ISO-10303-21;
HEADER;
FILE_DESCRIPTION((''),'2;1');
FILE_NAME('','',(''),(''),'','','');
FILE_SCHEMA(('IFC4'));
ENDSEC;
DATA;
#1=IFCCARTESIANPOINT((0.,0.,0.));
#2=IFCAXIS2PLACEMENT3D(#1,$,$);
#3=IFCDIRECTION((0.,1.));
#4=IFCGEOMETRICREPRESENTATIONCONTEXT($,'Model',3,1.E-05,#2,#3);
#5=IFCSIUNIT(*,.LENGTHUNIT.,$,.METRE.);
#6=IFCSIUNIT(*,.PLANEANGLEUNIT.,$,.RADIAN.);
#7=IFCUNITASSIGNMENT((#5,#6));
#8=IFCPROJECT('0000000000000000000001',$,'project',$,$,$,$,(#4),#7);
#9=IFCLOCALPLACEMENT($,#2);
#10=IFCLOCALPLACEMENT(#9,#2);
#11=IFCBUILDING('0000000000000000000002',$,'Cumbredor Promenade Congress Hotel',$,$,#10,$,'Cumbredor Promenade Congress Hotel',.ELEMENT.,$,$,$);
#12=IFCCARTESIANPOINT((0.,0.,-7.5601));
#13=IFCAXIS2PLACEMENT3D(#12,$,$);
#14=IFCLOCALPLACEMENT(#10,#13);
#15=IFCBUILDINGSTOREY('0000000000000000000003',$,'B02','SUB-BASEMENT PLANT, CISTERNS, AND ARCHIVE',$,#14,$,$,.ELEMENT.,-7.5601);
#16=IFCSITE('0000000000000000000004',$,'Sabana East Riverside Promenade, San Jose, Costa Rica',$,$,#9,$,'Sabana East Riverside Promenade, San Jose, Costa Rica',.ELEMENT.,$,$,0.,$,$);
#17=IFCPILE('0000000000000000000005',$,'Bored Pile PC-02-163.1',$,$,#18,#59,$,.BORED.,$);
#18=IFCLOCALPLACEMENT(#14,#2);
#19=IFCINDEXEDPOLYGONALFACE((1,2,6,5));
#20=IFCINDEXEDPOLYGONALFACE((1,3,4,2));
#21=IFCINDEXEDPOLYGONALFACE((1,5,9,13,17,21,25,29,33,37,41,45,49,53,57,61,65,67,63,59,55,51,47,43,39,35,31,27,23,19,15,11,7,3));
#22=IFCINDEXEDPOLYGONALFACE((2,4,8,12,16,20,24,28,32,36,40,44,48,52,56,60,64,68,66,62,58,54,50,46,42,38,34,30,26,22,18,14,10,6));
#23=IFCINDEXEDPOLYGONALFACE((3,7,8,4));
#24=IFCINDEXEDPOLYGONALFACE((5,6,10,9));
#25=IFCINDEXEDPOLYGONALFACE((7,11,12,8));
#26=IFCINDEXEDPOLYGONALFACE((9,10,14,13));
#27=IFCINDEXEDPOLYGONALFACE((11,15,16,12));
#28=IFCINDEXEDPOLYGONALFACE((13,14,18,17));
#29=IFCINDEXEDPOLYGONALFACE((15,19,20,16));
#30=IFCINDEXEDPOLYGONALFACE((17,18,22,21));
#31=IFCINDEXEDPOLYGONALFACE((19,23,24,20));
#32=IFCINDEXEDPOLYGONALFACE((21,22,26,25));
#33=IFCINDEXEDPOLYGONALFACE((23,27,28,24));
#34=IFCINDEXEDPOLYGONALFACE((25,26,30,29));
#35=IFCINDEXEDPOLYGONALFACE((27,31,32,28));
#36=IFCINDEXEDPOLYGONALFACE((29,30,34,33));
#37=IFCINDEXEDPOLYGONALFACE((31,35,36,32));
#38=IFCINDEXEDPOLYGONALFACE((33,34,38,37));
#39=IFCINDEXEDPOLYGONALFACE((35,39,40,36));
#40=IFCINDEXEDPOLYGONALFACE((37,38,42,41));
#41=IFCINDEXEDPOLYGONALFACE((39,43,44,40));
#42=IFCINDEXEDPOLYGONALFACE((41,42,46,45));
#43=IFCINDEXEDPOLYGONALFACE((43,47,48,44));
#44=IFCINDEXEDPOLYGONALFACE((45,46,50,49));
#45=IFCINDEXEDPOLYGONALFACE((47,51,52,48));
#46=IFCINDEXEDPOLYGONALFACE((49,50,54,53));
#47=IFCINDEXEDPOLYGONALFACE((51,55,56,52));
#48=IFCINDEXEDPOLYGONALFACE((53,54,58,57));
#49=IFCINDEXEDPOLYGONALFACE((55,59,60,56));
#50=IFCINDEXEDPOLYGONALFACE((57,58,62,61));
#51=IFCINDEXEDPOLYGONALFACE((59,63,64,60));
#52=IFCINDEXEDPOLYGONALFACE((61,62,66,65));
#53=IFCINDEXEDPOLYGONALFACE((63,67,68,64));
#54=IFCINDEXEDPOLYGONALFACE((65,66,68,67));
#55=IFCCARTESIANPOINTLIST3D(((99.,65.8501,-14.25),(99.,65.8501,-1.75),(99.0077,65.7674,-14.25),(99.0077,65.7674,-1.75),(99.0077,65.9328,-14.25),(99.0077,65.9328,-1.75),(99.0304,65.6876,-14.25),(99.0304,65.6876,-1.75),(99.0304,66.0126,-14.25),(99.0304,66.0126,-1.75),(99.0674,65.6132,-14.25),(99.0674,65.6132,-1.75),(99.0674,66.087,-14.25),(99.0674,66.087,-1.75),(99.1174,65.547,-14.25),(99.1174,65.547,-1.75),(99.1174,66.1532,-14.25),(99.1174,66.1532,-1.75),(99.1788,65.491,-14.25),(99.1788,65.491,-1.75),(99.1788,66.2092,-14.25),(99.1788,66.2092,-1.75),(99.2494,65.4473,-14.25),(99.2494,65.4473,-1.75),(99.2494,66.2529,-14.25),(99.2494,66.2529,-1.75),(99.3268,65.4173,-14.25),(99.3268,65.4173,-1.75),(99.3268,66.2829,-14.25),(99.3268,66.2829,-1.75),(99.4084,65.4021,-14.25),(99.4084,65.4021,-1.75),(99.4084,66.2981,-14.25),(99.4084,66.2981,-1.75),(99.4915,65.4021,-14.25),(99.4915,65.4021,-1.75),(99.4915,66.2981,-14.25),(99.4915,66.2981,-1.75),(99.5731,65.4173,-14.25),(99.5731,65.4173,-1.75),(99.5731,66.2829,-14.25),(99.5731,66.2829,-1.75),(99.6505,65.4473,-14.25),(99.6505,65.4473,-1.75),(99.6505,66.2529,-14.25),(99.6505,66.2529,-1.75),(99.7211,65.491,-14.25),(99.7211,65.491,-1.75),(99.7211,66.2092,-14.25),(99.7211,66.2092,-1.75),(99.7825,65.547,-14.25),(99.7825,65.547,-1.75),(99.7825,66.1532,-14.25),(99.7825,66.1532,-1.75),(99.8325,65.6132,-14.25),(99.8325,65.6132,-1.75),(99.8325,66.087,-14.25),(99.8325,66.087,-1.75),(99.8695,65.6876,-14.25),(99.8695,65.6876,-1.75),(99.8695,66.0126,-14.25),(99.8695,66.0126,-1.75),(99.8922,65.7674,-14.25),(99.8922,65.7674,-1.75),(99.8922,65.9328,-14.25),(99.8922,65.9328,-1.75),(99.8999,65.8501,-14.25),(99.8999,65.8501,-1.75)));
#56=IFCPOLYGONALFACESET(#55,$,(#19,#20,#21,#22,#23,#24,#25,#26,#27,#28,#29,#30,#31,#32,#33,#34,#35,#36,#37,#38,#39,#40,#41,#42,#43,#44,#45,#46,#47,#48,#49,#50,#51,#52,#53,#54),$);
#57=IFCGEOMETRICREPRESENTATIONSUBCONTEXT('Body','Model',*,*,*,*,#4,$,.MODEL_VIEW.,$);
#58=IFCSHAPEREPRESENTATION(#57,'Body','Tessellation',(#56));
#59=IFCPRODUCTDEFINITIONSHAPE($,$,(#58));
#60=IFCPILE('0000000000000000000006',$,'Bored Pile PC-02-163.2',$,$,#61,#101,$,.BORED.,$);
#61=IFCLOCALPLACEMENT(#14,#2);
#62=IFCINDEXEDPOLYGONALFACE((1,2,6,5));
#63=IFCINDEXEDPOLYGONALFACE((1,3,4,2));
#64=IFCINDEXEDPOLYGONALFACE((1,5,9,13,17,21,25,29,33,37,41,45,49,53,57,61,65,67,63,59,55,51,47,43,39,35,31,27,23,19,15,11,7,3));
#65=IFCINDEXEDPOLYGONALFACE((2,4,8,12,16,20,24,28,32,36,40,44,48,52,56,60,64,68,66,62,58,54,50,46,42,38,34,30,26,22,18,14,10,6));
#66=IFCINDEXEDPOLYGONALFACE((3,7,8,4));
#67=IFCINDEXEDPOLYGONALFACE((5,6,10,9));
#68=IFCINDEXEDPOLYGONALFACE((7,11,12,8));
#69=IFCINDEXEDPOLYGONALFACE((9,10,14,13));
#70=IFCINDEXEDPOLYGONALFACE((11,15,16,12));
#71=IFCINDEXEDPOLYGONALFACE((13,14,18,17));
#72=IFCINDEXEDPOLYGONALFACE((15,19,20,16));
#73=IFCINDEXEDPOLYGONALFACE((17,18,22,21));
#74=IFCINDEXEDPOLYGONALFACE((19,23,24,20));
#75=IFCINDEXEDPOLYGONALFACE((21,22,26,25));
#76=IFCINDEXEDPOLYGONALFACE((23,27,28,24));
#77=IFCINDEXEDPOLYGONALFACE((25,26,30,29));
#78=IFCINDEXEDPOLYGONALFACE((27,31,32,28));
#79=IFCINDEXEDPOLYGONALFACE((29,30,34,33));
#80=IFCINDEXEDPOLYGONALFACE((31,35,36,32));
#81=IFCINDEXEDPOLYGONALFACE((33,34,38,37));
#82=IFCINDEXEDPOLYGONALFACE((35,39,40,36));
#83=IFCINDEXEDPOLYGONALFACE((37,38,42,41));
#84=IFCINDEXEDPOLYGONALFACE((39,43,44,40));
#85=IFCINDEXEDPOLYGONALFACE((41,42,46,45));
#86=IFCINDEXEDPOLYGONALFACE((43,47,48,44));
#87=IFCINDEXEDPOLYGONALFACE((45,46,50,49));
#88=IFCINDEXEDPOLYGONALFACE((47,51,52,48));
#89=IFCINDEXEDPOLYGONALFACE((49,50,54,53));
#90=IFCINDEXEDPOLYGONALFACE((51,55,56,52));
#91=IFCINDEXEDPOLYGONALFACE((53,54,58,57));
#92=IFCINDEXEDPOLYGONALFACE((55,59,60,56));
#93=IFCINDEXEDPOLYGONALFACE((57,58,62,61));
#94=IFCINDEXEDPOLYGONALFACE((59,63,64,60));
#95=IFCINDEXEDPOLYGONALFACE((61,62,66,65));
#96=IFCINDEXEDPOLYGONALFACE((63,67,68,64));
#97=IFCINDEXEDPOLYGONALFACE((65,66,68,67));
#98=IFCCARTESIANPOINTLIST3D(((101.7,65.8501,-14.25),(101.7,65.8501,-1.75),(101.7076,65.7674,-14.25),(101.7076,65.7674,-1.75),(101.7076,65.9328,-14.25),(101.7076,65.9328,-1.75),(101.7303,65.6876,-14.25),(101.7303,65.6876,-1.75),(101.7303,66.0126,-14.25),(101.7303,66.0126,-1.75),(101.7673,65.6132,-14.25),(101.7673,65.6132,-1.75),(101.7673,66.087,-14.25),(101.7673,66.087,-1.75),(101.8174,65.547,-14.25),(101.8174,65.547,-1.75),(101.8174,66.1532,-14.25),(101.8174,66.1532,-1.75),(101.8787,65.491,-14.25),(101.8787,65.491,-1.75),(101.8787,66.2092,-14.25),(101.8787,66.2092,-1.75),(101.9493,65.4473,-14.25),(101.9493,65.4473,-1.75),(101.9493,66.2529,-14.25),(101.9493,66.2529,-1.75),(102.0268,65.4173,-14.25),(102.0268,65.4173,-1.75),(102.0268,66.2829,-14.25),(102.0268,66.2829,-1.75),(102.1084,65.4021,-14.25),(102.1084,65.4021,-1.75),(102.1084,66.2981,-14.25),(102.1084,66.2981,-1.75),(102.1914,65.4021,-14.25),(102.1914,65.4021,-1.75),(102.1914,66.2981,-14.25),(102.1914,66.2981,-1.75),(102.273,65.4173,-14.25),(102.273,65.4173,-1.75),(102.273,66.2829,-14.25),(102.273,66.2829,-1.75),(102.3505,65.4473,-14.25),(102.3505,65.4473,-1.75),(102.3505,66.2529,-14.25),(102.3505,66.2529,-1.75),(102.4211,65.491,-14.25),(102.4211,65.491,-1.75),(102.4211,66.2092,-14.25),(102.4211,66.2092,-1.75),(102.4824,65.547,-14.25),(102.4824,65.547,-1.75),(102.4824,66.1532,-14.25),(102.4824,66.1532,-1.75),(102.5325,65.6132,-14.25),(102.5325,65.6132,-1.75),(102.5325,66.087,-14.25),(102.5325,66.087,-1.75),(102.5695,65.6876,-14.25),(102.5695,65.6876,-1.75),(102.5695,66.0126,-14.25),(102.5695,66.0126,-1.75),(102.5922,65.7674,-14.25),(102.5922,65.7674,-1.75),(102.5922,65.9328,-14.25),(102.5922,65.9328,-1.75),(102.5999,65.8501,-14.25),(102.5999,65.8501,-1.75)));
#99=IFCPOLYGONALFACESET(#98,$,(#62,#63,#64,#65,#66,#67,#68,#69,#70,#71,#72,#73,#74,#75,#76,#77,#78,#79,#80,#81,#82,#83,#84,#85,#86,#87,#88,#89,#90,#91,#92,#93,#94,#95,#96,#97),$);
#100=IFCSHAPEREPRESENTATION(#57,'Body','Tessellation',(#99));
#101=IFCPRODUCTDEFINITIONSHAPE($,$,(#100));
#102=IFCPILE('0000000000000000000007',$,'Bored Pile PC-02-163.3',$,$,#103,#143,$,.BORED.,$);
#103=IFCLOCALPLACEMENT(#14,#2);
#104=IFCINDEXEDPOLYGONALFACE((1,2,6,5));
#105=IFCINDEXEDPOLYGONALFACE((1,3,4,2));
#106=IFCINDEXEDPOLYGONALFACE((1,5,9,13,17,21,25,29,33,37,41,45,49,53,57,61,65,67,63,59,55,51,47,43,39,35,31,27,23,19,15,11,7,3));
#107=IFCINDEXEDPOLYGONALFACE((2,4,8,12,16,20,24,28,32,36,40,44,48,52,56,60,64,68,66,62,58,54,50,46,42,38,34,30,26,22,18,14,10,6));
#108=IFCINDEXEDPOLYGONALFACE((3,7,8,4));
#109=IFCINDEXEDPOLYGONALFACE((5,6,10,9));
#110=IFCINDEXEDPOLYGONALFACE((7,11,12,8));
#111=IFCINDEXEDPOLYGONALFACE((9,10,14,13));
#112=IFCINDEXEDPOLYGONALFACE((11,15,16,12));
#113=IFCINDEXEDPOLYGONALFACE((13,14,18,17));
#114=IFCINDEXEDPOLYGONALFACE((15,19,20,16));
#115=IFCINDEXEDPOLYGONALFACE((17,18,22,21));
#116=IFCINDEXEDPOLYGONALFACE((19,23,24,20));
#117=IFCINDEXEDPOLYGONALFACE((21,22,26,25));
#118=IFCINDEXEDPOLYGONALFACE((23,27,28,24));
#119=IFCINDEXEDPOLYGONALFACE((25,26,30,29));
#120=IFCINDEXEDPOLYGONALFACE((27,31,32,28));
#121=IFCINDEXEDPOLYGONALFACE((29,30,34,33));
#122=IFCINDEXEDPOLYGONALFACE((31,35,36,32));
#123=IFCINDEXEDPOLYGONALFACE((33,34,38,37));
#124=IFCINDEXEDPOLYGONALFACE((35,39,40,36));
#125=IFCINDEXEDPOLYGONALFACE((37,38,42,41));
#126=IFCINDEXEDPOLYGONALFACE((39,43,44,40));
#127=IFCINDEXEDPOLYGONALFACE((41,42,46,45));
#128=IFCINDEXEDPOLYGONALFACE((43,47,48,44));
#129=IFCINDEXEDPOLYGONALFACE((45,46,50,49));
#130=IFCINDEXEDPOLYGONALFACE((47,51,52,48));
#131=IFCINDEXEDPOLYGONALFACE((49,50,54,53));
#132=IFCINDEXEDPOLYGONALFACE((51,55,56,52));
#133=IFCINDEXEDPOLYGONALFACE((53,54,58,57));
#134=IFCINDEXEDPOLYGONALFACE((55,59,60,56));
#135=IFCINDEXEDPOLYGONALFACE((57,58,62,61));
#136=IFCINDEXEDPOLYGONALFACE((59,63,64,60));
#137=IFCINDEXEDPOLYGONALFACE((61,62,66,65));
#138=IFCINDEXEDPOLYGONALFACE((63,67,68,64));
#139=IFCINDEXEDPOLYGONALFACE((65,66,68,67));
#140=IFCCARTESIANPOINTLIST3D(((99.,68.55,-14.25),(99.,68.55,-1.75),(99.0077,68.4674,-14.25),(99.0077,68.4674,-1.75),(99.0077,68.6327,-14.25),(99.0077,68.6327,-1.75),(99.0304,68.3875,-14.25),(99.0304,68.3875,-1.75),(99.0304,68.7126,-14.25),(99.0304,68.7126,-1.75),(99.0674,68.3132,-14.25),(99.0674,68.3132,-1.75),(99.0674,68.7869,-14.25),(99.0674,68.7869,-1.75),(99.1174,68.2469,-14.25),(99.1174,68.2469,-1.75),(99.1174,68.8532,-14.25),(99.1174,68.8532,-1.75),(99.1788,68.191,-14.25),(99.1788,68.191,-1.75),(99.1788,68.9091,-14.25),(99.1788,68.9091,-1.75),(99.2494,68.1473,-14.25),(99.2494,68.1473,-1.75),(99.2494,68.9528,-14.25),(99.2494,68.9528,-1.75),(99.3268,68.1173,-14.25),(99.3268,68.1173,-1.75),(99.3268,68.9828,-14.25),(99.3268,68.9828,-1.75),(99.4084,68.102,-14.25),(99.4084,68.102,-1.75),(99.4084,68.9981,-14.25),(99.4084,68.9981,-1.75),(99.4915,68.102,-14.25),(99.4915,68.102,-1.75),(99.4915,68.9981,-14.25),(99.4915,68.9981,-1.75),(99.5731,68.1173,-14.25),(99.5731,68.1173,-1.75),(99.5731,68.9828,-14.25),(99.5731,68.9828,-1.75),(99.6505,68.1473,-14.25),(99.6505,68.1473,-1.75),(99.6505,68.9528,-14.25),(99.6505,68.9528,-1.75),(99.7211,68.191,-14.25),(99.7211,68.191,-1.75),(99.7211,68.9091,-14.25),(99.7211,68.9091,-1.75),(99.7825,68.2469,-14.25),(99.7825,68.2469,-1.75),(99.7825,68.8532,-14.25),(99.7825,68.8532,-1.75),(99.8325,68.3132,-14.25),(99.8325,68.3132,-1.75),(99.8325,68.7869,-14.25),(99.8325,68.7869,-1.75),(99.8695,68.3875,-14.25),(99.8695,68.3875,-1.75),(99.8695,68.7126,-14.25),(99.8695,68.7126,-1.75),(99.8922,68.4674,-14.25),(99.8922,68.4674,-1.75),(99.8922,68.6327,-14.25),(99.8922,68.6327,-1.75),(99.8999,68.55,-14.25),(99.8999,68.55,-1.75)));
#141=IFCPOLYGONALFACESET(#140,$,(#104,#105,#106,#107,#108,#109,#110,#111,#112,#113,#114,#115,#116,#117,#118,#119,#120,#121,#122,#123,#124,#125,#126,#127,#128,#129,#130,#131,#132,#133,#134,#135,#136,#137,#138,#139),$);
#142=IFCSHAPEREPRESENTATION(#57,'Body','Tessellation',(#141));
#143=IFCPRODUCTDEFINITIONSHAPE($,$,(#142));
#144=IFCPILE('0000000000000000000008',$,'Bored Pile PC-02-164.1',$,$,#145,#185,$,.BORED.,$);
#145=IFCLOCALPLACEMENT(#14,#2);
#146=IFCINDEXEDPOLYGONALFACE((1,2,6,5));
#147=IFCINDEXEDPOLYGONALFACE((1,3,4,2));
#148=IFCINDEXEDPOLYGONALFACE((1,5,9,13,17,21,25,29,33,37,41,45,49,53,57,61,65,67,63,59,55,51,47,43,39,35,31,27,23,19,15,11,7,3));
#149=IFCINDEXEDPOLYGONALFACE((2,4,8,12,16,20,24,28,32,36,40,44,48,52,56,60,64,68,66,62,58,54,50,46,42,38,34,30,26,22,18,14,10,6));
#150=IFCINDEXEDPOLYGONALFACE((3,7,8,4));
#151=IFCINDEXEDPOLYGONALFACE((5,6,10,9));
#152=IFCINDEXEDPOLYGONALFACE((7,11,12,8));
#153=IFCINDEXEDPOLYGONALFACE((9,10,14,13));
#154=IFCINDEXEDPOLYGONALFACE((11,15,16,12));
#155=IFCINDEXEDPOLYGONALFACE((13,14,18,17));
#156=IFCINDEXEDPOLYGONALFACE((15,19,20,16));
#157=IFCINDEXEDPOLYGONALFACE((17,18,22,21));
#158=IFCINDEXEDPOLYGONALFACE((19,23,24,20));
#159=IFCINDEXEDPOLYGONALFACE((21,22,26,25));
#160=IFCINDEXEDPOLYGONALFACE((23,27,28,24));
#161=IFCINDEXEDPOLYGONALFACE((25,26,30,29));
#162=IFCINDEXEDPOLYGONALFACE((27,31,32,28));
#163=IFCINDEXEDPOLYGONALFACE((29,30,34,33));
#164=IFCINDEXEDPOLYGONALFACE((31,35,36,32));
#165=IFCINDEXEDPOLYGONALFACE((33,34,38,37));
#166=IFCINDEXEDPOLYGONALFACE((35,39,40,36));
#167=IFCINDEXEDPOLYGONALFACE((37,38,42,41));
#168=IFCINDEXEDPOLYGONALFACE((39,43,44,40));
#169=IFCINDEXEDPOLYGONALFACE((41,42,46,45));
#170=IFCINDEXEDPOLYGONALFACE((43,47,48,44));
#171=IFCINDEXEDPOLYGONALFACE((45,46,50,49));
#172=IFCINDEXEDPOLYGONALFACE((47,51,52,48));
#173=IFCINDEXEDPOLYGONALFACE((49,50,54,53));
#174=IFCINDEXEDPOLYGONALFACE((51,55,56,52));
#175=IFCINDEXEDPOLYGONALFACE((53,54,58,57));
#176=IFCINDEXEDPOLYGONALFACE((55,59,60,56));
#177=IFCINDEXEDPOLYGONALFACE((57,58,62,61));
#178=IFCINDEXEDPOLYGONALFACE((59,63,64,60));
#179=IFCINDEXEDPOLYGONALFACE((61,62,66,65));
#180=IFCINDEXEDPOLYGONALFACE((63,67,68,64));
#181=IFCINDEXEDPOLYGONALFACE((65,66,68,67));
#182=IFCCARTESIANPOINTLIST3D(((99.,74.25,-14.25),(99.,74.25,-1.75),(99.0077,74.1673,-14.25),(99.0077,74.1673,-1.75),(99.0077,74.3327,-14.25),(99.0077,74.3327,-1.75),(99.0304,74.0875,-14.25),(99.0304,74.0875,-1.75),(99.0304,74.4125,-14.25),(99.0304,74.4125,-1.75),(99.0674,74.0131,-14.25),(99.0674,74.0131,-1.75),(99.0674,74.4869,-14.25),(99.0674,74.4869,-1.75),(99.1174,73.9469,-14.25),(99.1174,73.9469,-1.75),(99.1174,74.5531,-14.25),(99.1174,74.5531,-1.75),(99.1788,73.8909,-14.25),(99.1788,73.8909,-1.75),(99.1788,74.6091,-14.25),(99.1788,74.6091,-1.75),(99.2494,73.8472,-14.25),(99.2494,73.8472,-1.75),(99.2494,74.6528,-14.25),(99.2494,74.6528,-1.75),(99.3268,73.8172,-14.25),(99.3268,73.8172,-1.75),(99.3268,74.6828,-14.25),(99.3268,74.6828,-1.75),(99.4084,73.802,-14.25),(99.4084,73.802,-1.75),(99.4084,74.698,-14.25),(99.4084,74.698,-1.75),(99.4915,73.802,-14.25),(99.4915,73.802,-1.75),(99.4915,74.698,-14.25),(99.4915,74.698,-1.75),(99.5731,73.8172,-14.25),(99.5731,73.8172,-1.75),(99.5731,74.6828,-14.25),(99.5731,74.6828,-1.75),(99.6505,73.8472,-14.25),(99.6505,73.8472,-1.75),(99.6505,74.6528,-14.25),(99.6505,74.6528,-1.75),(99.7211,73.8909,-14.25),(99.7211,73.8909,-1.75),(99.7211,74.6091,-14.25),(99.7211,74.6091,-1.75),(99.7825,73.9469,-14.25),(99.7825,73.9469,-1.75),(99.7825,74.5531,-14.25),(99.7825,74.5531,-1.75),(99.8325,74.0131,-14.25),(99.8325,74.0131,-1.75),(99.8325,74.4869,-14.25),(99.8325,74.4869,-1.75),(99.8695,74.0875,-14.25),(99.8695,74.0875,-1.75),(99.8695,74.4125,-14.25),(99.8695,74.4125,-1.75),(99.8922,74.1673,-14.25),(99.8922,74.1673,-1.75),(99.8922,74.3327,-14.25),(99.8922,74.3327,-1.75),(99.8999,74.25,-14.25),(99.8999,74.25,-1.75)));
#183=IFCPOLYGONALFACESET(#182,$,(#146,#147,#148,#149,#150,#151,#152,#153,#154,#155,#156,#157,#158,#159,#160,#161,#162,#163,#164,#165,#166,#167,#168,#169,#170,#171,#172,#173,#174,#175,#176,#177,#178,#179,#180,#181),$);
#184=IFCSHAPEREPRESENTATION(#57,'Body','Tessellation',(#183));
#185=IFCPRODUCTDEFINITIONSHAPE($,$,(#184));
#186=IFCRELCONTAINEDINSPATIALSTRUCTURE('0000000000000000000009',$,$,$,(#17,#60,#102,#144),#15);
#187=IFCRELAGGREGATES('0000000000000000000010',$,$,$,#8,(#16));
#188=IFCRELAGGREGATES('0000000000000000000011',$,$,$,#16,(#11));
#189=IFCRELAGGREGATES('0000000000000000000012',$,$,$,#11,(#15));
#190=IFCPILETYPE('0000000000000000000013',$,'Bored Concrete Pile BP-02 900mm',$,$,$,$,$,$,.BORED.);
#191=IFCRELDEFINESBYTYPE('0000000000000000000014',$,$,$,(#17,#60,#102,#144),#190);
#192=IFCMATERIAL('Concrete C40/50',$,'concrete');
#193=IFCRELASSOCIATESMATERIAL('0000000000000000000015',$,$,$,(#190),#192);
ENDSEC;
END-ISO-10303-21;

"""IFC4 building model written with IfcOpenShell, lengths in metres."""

from ifc_helpers import new_model, si_unit, direction, frame, origin, origin_2d, place, context, subcontext, project, spatial, circle, extrude, material, material_profile, profile_set, type_object, element, save


model = new_model("IFC4")

# Units and contexts
model_context = context("Model", 3, precision=1e-05, world=origin(), true_north=direction((0.0, 1.0)))
body_context = subcontext(model_context, "Body", "Model", "MODEL_VIEW")
ifc_project = project(units=[si_unit("LENGTHUNIT", "METRE"), si_unit("PLANEANGLEUNIT", "RADIAN")], contexts=[model_context])

# Site, building, storey
site_placement = place(None, origin())
site = spatial("IfcSite", under=ifc_project, at=site_placement, Name="Sabana East Riverside Promenade, San Jose, Costa Rica", LongName="Sabana East Riverside Promenade, San Jose, Costa Rica", CompositionType="ELEMENT", RefElevation=0.0)
building_placement = place(site_placement, origin())
building = spatial("IfcBuilding", under=site, at=building_placement, Name="Cumbredor Promenade Congress Hotel", LongName="Cumbredor Promenade Congress Hotel", CompositionType="ELEMENT")
storey_placement = place(building_placement, frame((0.0, 0.0, -7.5601)))
storey = spatial("IfcBuildingStorey", under=building, at=storey_placement, Name="B02", Description="SUB-BASEMENT PLANT, CISTERNS, AND ARCHIVE", CompositionType="ELEMENT", Elevation=-7.5601)

# Piles
ifc_material_1 = material(Name="Concrete C40/50", Category="concrete")
ifc_material_profile_1 = material_profile(ifc_material_1, circle(Radius=0.45, at=origin_2d()), Name="PILE D900")
ifc_profile_set_1 = profile_set([ifc_material_profile_1], Name="Concrete C40/50")
pile_type = type_object("IfcPileType", Name="Bored Concrete Pile BP-02 900mm", PredefinedType="BORED", material=ifc_profile_set_1)
for number, where, z_axis, x_axis, name in (
    (1, (99.45, 65.8501, -1.75), (0.0, 0.0, -1.0), (1.0, 0.0, 0.0), "Bored Pile PC-02-163.1"),
    (2, (102.1499, 65.8501, -1.75), (0.0, 0.0, -1.0), (1.0, 0.0, 0.0), "Bored Pile PC-02-163.2"),
    (3, (99.45, 68.55, -1.75), (0.0, 0.0, -1.0), (1.0, 0.0, 0.0), "Bored Pile PC-02-163.3"),
    (4, (99.45, 74.25, -1.75), (0.0, 0.0, -1.0), (1.0, 0.0, 0.0), "Bored Pile PC-02-164.1"),
):
    element("IfcPile", number, at=place(storey_placement, frame(where, z_axis=z_axis, x_axis=x_axis)), inside=storey, type_object=pile_type, Name=name, PredefinedType="BORED", context=body_context, shape_type="SweptSolid", body=[
        extrude(circle(Radius=0.45, at=origin_2d()), origin(), (0.0, 0.0, 1.0), 12.5),
    ])

save(model, "model.ifc")
